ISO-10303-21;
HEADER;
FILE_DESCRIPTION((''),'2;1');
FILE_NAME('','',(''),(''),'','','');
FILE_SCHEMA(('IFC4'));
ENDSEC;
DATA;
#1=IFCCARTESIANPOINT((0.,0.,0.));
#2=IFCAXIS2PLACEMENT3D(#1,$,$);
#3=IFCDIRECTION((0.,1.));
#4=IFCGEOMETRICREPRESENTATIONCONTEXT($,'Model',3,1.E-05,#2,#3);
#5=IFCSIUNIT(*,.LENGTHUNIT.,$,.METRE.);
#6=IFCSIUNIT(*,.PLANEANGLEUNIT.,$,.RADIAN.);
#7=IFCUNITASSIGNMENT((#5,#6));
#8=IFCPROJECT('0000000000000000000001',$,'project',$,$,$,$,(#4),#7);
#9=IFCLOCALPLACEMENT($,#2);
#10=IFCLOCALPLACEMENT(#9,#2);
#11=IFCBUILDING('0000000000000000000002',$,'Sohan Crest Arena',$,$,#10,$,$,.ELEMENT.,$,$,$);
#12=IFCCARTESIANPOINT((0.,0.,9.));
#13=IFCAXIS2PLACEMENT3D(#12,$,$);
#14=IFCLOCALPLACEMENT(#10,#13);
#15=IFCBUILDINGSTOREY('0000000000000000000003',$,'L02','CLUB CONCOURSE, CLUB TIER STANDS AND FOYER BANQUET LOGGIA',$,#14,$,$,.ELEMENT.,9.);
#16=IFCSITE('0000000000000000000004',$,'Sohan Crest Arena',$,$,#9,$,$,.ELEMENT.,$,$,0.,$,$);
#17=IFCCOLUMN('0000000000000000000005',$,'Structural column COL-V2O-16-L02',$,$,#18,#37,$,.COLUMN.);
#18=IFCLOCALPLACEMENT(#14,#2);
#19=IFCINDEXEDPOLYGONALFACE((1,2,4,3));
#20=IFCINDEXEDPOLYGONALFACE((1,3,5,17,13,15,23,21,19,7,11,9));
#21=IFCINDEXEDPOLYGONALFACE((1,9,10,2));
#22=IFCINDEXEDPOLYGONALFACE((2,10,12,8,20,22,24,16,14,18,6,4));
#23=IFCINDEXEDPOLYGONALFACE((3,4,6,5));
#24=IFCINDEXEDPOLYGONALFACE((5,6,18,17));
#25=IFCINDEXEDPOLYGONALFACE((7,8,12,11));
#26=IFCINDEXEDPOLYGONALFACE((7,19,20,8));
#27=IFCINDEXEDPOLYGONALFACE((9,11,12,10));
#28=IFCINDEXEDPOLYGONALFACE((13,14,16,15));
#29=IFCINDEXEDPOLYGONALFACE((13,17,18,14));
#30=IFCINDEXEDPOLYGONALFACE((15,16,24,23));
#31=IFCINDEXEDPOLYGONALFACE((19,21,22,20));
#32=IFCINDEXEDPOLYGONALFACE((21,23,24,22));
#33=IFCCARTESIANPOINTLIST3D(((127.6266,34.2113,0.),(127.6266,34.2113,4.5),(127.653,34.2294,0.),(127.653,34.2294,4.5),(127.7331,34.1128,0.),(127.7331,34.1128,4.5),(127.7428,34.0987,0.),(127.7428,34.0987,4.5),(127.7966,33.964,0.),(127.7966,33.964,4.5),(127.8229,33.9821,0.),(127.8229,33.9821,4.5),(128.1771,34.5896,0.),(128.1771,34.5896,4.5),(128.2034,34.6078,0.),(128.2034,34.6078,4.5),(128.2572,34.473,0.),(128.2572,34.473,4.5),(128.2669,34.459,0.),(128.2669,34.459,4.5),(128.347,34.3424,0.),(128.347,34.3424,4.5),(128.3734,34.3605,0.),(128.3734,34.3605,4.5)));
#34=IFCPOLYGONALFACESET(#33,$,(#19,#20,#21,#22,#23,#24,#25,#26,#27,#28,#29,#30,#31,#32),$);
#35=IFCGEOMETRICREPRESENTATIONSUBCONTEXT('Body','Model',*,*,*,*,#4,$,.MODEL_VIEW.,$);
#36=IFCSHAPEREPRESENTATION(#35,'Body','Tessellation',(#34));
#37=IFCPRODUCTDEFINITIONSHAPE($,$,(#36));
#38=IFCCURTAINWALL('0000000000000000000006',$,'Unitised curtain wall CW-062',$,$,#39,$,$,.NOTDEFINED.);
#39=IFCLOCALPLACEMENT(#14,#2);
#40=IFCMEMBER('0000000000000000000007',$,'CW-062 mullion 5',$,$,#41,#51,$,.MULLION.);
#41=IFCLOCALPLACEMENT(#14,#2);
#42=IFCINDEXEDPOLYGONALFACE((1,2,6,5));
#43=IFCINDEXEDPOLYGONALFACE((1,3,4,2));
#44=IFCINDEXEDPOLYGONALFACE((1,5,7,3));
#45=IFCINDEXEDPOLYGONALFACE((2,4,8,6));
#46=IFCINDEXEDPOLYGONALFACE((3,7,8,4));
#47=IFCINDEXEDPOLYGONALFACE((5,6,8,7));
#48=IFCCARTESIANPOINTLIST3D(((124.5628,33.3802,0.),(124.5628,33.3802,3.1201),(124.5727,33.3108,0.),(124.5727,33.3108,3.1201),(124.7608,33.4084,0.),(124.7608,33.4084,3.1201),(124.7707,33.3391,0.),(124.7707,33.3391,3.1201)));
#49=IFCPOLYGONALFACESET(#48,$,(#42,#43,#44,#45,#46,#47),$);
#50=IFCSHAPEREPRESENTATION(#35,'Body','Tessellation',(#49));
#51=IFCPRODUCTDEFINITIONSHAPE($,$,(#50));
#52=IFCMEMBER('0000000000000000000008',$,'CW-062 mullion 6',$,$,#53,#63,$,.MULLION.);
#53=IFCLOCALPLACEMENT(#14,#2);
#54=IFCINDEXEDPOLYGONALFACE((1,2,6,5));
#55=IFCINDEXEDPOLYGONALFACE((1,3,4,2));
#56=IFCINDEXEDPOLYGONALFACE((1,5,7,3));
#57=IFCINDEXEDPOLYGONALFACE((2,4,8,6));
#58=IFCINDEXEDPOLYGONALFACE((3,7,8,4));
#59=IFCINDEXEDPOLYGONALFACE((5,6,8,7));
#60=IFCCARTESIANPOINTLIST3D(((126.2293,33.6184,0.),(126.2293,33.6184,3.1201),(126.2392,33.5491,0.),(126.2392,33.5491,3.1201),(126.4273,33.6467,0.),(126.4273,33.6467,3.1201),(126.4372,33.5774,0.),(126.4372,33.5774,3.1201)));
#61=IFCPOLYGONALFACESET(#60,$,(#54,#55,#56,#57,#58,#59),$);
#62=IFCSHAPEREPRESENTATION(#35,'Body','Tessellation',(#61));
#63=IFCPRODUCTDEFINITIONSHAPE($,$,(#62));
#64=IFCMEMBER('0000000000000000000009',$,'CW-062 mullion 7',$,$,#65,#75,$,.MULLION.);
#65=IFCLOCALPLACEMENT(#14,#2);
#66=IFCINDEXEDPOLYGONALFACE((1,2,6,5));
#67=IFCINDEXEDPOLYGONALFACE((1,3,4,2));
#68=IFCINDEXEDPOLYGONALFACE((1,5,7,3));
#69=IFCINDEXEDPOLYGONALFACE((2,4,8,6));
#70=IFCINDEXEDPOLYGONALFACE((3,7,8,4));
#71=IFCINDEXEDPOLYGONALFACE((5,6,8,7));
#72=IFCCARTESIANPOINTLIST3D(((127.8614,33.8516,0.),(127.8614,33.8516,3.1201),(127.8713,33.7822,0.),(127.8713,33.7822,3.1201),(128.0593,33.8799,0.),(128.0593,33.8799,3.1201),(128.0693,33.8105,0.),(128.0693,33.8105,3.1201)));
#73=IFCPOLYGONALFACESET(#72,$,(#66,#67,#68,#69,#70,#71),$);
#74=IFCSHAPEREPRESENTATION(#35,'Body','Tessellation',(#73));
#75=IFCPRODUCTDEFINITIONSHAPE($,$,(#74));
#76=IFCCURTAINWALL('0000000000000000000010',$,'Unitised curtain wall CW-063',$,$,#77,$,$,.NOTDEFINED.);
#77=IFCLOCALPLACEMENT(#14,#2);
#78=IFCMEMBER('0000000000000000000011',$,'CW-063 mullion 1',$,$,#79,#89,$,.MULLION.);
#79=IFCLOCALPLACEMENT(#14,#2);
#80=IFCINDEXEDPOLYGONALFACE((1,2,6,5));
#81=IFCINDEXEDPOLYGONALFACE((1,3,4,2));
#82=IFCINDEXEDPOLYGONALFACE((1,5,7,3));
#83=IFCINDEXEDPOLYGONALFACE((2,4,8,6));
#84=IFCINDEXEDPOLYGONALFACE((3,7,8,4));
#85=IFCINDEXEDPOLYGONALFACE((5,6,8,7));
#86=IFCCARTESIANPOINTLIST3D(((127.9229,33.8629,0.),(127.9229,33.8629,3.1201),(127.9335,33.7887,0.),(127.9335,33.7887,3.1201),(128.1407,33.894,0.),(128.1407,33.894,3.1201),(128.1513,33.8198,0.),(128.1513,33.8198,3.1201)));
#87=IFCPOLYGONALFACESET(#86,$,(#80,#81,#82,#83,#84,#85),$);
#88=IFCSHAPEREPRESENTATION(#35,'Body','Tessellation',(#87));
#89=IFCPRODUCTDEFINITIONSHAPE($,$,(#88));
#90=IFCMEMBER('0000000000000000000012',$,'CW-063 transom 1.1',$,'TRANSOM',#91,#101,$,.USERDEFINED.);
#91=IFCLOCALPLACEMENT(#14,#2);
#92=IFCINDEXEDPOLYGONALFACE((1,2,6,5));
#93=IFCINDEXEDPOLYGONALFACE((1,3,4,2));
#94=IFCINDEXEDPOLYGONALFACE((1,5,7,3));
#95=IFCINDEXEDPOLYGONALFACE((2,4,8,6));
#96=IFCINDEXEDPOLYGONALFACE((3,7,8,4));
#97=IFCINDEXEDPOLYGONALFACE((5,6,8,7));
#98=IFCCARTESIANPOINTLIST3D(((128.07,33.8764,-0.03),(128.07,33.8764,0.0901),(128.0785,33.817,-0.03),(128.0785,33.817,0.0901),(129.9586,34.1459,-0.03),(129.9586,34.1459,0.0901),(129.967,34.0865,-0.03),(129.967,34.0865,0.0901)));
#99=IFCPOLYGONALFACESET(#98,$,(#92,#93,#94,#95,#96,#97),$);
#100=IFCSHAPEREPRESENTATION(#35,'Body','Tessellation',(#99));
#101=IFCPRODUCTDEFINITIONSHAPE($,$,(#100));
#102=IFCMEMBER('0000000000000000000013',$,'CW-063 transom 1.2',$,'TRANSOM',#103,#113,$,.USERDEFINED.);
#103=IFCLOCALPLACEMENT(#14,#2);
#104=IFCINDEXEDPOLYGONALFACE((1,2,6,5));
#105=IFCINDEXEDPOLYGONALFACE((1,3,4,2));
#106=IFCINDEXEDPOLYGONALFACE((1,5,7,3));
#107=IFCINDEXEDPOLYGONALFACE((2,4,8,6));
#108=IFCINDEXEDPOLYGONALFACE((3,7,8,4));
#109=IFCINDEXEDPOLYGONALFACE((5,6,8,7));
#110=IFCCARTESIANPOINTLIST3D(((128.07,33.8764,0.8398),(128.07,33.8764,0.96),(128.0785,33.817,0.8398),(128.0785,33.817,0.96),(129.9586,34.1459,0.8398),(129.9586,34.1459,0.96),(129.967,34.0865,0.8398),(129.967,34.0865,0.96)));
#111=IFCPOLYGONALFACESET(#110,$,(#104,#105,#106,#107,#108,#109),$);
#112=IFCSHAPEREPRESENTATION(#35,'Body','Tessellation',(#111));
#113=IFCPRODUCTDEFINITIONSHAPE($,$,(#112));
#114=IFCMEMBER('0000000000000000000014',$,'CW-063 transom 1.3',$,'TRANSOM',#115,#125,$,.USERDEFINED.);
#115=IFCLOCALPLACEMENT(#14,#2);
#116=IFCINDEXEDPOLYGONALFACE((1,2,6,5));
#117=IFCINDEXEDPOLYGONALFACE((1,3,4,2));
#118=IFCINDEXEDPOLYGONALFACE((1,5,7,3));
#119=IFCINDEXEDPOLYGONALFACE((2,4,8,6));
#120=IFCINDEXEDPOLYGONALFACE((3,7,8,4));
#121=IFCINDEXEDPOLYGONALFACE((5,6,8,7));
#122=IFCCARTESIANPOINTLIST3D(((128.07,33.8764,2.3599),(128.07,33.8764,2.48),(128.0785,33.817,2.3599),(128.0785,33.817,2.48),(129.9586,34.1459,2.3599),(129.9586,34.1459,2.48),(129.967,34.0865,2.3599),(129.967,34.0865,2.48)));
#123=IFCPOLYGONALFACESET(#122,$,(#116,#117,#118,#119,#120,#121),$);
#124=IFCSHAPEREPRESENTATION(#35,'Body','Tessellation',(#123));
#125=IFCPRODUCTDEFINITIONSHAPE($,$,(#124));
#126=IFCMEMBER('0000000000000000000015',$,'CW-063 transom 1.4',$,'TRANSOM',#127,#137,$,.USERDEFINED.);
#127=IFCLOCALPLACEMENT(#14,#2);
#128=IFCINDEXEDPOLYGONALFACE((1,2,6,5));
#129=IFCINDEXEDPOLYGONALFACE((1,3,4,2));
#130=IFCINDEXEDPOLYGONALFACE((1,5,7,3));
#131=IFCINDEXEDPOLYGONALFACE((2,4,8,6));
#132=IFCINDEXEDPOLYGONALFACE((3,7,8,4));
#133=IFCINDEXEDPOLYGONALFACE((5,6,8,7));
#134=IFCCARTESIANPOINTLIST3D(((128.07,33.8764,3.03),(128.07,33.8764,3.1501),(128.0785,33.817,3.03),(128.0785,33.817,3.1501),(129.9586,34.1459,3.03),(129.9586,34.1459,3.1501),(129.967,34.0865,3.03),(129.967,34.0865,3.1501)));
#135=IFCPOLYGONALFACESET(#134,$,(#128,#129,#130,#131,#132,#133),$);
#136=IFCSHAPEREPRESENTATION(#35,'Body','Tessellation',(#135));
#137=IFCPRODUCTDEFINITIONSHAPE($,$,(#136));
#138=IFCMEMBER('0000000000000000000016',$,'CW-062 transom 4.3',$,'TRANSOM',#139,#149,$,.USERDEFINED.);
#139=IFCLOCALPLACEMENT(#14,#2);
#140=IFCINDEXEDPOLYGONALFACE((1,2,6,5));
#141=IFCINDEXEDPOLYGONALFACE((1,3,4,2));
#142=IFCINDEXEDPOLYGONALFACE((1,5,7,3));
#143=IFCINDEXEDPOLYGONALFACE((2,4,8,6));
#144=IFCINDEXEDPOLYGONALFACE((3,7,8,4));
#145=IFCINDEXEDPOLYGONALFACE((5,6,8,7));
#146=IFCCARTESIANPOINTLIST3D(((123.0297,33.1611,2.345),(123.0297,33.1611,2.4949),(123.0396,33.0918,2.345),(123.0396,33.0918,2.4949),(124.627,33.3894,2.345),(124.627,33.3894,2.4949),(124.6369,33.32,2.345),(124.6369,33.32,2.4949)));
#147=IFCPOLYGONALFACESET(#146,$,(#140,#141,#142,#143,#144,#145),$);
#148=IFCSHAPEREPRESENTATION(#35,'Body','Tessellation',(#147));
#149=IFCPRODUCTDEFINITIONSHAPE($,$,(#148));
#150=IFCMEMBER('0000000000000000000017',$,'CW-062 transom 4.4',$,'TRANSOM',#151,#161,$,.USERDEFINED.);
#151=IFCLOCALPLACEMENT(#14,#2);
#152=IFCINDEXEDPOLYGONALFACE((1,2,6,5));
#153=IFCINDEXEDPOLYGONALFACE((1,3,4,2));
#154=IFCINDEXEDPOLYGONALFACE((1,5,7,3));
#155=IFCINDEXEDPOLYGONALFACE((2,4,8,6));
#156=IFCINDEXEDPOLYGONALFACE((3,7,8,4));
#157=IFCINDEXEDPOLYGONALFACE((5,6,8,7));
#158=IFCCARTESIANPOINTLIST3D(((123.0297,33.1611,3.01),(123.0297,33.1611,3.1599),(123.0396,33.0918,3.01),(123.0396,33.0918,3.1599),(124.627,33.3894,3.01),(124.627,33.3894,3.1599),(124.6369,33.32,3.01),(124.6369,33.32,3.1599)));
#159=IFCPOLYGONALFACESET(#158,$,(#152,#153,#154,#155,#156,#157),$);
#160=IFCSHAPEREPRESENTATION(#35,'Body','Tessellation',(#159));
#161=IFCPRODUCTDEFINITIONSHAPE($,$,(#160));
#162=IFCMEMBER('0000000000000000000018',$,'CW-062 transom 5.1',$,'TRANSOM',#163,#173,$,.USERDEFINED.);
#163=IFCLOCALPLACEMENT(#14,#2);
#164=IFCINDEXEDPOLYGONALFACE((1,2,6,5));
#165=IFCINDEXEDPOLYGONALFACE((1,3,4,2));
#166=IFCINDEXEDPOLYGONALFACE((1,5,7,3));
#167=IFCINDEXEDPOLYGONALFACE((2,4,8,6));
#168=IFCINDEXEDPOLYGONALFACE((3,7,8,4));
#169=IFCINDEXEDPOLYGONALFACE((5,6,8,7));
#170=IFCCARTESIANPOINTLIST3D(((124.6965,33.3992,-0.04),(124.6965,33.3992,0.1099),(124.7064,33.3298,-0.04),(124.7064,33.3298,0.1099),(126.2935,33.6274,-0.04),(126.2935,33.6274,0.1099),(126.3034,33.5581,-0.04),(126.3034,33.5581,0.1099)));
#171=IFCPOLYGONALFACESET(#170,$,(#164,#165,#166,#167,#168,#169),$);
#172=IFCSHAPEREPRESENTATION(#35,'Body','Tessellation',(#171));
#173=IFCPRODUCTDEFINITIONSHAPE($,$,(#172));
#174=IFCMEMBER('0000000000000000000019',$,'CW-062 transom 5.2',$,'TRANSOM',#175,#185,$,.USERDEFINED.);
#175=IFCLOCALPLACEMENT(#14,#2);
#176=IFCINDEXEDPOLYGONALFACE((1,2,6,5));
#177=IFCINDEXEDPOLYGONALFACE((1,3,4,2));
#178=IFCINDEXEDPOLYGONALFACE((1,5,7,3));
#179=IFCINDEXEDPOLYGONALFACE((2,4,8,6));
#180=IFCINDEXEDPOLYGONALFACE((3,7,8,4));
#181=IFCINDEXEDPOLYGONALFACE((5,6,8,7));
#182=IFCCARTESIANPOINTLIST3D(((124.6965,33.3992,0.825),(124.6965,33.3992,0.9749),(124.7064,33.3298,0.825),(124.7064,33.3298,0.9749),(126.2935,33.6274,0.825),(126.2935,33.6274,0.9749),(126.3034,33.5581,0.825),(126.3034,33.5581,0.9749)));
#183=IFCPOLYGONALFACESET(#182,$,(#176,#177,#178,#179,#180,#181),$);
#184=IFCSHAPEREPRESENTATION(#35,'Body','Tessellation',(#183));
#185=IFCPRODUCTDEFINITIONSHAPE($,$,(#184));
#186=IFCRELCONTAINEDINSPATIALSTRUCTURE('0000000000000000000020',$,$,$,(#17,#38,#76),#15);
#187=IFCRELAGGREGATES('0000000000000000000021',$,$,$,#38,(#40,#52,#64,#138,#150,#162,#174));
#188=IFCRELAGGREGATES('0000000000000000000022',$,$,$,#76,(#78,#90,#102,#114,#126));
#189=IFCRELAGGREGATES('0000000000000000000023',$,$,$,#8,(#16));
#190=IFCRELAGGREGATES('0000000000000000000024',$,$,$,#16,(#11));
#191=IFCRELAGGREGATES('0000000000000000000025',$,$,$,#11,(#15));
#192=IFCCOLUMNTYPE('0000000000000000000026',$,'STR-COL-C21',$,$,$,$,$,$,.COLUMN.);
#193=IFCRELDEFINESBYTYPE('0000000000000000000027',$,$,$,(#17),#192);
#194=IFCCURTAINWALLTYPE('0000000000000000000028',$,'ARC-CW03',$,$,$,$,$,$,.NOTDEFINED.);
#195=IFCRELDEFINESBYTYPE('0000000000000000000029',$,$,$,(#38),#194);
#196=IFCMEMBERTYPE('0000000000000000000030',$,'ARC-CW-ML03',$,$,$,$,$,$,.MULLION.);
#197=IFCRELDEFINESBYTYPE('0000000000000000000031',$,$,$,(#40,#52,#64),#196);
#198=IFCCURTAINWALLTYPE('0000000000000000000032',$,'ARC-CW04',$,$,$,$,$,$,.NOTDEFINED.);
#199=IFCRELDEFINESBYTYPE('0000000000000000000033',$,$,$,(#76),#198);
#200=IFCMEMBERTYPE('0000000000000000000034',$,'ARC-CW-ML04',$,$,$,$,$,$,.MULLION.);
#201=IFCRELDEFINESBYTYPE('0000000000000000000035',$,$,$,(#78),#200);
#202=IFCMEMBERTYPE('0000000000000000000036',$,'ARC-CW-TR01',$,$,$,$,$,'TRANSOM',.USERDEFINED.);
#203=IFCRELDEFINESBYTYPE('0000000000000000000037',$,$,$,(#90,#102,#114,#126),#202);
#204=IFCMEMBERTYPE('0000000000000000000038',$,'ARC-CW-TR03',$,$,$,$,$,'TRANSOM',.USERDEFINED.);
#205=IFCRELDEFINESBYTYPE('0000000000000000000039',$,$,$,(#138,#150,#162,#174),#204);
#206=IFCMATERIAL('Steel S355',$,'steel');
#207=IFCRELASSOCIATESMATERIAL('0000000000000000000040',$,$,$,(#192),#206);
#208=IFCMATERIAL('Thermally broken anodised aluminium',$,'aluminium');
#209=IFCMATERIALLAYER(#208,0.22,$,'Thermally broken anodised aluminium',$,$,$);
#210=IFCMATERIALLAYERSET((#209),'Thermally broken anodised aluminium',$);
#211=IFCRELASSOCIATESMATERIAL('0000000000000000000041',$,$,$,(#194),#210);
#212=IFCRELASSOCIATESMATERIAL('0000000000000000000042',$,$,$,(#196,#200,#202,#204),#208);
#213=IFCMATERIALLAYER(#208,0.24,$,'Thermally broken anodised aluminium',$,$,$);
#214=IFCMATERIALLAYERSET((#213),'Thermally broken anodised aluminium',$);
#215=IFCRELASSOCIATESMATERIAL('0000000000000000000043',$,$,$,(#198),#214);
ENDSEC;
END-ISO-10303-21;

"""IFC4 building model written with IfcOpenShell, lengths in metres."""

from ifc_helpers import new_model, si_unit, direction, frame, origin, origin_2d, place, context, subcontext, project, spatial, rectangle, i_section, extrude, material, layer, layer_set, material_profile, profile_set, type_object, element, aggregate, save


model = new_model("IFC4")

# Units and contexts
model_context = context("Model", 3, precision=1e-05, world=origin(), true_north=direction((0.0, 1.0)))
body_context = subcontext(model_context, "Body", "Model", "MODEL_VIEW")
ifc_project = project(units=[si_unit("LENGTHUNIT", "METRE"), si_unit("PLANEANGLEUNIT", "RADIAN")], contexts=[model_context])

# Site, building, storey
site_placement = place(None, origin())
site = spatial("IfcSite", under=ifc_project, at=site_placement, Name="Sohan Crest Arena", CompositionType="ELEMENT", RefElevation=0.0)
building_placement = place(site_placement, origin())
building = spatial("IfcBuilding", under=site, at=building_placement, Name="Sohan Crest Arena", CompositionType="ELEMENT")
storey_placement = place(building_placement, frame((0.0, 0.0, 9.0)))
storey = spatial("IfcBuildingStorey", under=building, at=storey_placement, Name="L02", Description="CLUB CONCOURSE, CLUB TIER STANDS AND FOYER BANQUET LOGGIA", CompositionType="ELEMENT", Elevation=9.0)

# Column
ifc_material_1 = material(Name="Steel S355", Category="steel")
ifc_material_profile_1 = material_profile(ifc_material_1, i_section(OverallWidth=0.3, OverallDepth=0.7, WebThickness=0.0171, FlangeThickness=0.032, at=origin_2d()), Name="HEB 700")
ifc_profile_set_1 = profile_set([ifc_material_profile_1], Name="Steel S355")
column_type = type_object("IfcColumnType", Name="STR-COL-C21", PredefinedType="COLUMN", material=ifc_profile_set_1)
column_placement = place(storey_placement, frame((128.0, 34.2859, 0.0), z_axis=(0.0, 0.0, 1.0), x_axis=(-0.566406, 0.824126, 0.0)))
element("IfcColumn", 1, at=column_placement, inside=storey, type_object=column_type, Name="Structural column COL-V2O-16-L02", PredefinedType="COLUMN", context=body_context, shape_type="SweptSolid", body=[
    extrude(i_section(OverallWidth=0.3, OverallDepth=0.7, WebThickness=0.0171, FlangeThickness=0.032, at=origin_2d()), origin(), (0.0, 0.0, 1.0), 4.5),
])

# Curtain walls, members
ifc_material_2 = material(Name="Thermally broken anodised aluminium", Category="aluminium")
ifc_layer_1 = layer(ifc_material_2, 0.22, Name="Thermally broken anodised aluminium")
ifc_layer_set_1 = layer_set([ifc_layer_1], Name="Thermally broken anodised aluminium")
curtain_wall_type_1 = type_object("IfcCurtainWallType", Name="ARC-CW03", PredefinedType="NOTDEFINED", material=ifc_layer_set_1)
curtain_wall_1_placement = place(storey_placement, origin())
curtain_wall_1 = element("IfcCurtainWall", 2, at=curtain_wall_1_placement, inside=storey, type_object=curtain_wall_type_1, Name="Unitised curtain wall CW-062", PredefinedType="NOTDEFINED")
ifc_material_profile_2 = material_profile(ifc_material_2, rectangle(XDim=0.0701, YDim=0.2, at=origin_2d()), Name="ALU-MULL 70x200")
ifc_profile_set_2 = profile_set([ifc_material_profile_2], Name="Thermally broken anodised aluminium")
member_type_1 = type_object("IfcMemberType", Name="ARC-CW-ML03", PredefinedType="MULLION", material=ifc_profile_set_2)
member_1_placement = place(storey_placement, frame((124.6667, 33.3596, 0.0), z_axis=(0.0, 0.0, 1.0), x_axis=(-0.141463, 0.989944, 0.0)))
member_1 = element("IfcMember", 3, at=member_1_placement, type_object=member_type_1, Name="CW-062 mullion 5", PredefinedType="MULLION", context=body_context, shape_type="SweptSolid", body=[
    extrude(rectangle(XDim=0.0701, YDim=0.2, at=origin_2d()), origin(), (0.0, 0.0, 1.0), 3.1201),
])
member_2_placement = place(storey_placement, frame((126.3333, 33.5979, 0.0), z_axis=(0.0, 0.0, 1.0), x_axis=(-0.141463, 0.989944, 0.0)))
member_2 = element("IfcMember", 4, at=member_2_placement, type_object=member_type_1, Name="CW-062 mullion 6", PredefinedType="MULLION", context=body_context, shape_type="SweptSolid", body=[
    extrude(rectangle(XDim=0.0701, YDim=0.2, at=origin_2d()), origin(), (0.0, 0.0, 1.0), 3.1201),
])
member_3_placement = place(storey_placement, frame((127.9653, 33.8311, 0.0), z_axis=(0.0, 0.0, 1.0), x_axis=(-0.141463, 0.989944, 0.0)))
member_3 = element("IfcMember", 5, at=member_3_placement, type_object=member_type_1, Name="CW-062 mullion 7", PredefinedType="MULLION", context=body_context, shape_type="SweptSolid", body=[
    extrude(rectangle(XDim=0.0701, YDim=0.2, at=origin_2d()), origin(), (0.0, 0.0, 1.0), 3.1201),
])
ifc_layer_2 = layer(ifc_material_2, 0.24, Name="Thermally broken anodised aluminium")
ifc_layer_set_2 = layer_set([ifc_layer_2], Name="Thermally broken anodised aluminium")
curtain_wall_type_2 = type_object("IfcCurtainWallType", Name="ARC-CW04", PredefinedType="NOTDEFINED", material=ifc_layer_set_2)
curtain_wall_2_placement = place(storey_placement, origin())
curtain_wall_2 = element("IfcCurtainWall", 6, at=curtain_wall_2_placement, inside=storey, type_object=curtain_wall_type_2, Name="Unitised curtain wall CW-063", PredefinedType="NOTDEFINED")
ifc_material_profile_3 = material_profile(ifc_material_2, rectangle(XDim=0.075, YDim=0.22, at=origin_2d()), Name="ALU-MULL 75x220")
ifc_profile_set_3 = profile_set([ifc_material_profile_3], Name="Thermally broken anodised aluminium")
member_type_2 = type_object("IfcMemberType", Name="ARC-CW-ML04", PredefinedType="MULLION", material=ifc_profile_set_3)
member_4_placement = place(storey_placement, frame((128.0371, 33.8413, 0.0), z_axis=(0.0, 0.0, 1.0), x_axis=(-0.141366, 0.989957, 0.0)))
member_4 = element("IfcMember", 7, at=member_4_placement, type_object=member_type_2, Name="CW-063 mullion 1", PredefinedType="MULLION", context=body_context, shape_type="SweptSolid", body=[
    extrude(rectangle(XDim=0.075, YDim=0.22, at=origin_2d()), origin(), (0.0, 0.0, 1.0), 3.1201),
])
ifc_material_profile_4 = material_profile(ifc_material_2, rectangle(XDim=0.0601, YDim=0.1201, at=origin_2d()), Name="ALU-TRAN 60x120")
ifc_profile_set_4 = profile_set([ifc_material_profile_4], Name="Thermally broken anodised aluminium")
member_type_3 = type_object("IfcMemberType", Name="ARC-CW-TR01", ElementType="TRANSOM", PredefinedType="USERDEFINED", material=ifc_profile_set_4)
member_5_placement = place(storey_placement, frame((128.0742, 33.8467, 0.03), z_axis=(0.98997, 0.141278, 0.0), x_axis=(-0.141278, 0.98997, 0.0)))
member_5 = element("IfcMember", 8, at=member_5_placement, type_object=member_type_3, Name="CW-063 transom 1.1", ObjectType="TRANSOM", PredefinedType="USERDEFINED", context=body_context, shape_type="SweptSolid", body=[
    extrude(rectangle(XDim=0.0601, YDim=0.1201, at=origin_2d()), origin(), (0.0, 0.0, 1.0), 1.9077),
])
member_6_placement = place(storey_placement, frame((128.0742, 33.8467, 0.8999), z_axis=(0.98997, 0.141278, 0.0), x_axis=(-0.141278, 0.98997, 0.0)))
member_6 = element("IfcMember", 9, at=member_6_placement, type_object=member_type_3, Name="CW-063 transom 1.2", ObjectType="TRANSOM", PredefinedType="USERDEFINED", context=body_context, shape_type="SweptSolid", body=[
    extrude(rectangle(XDim=0.0601, YDim=0.1201, at=origin_2d()), origin(), (0.0, 0.0, 1.0), 1.9077),
])
member_7_placement = place(storey_placement, frame((128.0742, 33.8467, 2.4199), z_axis=(0.98997, 0.141278, 0.0), x_axis=(-0.141278, 0.98997, 0.0)))
member_7 = element("IfcMember", 10, at=member_7_placement, type_object=member_type_3, Name="CW-063 transom 1.3", ObjectType="TRANSOM", PredefinedType="USERDEFINED", context=body_context, shape_type="SweptSolid", body=[
    extrude(rectangle(XDim=0.0601, YDim=0.1201, at=origin_2d()), origin(), (0.0, 0.0, 1.0), 1.9077),
])
member_8_placement = place(storey_placement, frame((128.0742, 33.8467, 3.0901), z_axis=(0.98997, 0.141278, 0.0), x_axis=(-0.141278, 0.98997, 0.0)))
member_8 = element("IfcMember", 11, at=member_8_placement, type_object=member_type_3, Name="CW-063 transom 1.4", ObjectType="TRANSOM", PredefinedType="USERDEFINED", context=body_context, shape_type="SweptSolid", body=[
    extrude(rectangle(XDim=0.0601, YDim=0.1201, at=origin_2d()), origin(), (0.0, 0.0, 1.0), 1.9077),
])

# Members
ifc_material_profile_5 = material_profile(ifc_material_2, rectangle(XDim=0.0701, YDim=0.1499, at=origin_2d()), Name="ALU-TRAN 70x150")
ifc_profile_set_5 = profile_set([ifc_material_profile_5], Name="Thermally broken anodised aluminium")
member_type_4 = type_object("IfcMemberType", Name="ARC-CW-TR03", ElementType="TRANSOM", PredefinedType="USERDEFINED", material=ifc_profile_set_5)
member_9_placement = place(storey_placement, frame((123.0347, 33.1265, 2.4199), z_axis=(0.989943, 0.141464, 0.0), x_axis=(-0.141464, 0.989943, 0.0)))
member_9 = element("IfcMember", 12, at=member_9_placement, type_object=member_type_4, Name="CW-062 transom 4.3", ObjectType="TRANSOM", PredefinedType="USERDEFINED", context=body_context, shape_type="SweptSolid", body=[
    extrude(rectangle(XDim=0.0701, YDim=0.1499, at=origin_2d()), origin(), (0.0, 0.0, 1.0), 1.6135),
])
member_10_placement = place(storey_placement, frame((123.0347, 33.1265, 3.085), z_axis=(0.989943, 0.141464, 0.0), x_axis=(-0.141464, 0.989943, 0.0)))
member_10 = element("IfcMember", 13, at=member_10_placement, type_object=member_type_4, Name="CW-062 transom 4.4", ObjectType="TRANSOM", PredefinedType="USERDEFINED", context=body_context, shape_type="SweptSolid", body=[
    extrude(rectangle(XDim=0.0701, YDim=0.1499, at=origin_2d()), origin(), (0.0, 0.0, 1.0), 1.6135),
])
member_11_placement = place(storey_placement, frame((124.7014, 33.3645, 0.0349), z_axis=(0.98994, 0.141485, 0.0), x_axis=(-0.141485, 0.98994, 0.0)))
member_11 = element("IfcMember", 14, at=member_11_placement, type_object=member_type_4, Name="CW-062 transom 5.1", ObjectType="TRANSOM", PredefinedType="USERDEFINED", context=body_context, shape_type="SweptSolid", body=[
    extrude(rectangle(XDim=0.0701, YDim=0.1499, at=origin_2d()), origin(), (0.0, 0.0, 1.0), 1.6133),
])
member_12_placement = place(storey_placement, frame((124.7014, 33.3645, 0.8999), z_axis=(0.98994, 0.141485, 0.0), x_axis=(-0.141485, 0.98994, 0.0)))
member_12 = element("IfcMember", 15, at=member_12_placement, type_object=member_type_4, Name="CW-062 transom 5.2", ObjectType="TRANSOM", PredefinedType="USERDEFINED", context=body_context, shape_type="SweptSolid", body=[
    extrude(rectangle(XDim=0.0701, YDim=0.1499, at=origin_2d()), origin(), (0.0, 0.0, 1.0), 1.6133),
])

aggregate(curtain_wall_1, [member_1, member_2, member_3, member_9, member_10, member_11, member_12])
aggregate(curtain_wall_2, [member_4, member_5, member_6, member_7, member_8])

save(model, "model.ifc")
